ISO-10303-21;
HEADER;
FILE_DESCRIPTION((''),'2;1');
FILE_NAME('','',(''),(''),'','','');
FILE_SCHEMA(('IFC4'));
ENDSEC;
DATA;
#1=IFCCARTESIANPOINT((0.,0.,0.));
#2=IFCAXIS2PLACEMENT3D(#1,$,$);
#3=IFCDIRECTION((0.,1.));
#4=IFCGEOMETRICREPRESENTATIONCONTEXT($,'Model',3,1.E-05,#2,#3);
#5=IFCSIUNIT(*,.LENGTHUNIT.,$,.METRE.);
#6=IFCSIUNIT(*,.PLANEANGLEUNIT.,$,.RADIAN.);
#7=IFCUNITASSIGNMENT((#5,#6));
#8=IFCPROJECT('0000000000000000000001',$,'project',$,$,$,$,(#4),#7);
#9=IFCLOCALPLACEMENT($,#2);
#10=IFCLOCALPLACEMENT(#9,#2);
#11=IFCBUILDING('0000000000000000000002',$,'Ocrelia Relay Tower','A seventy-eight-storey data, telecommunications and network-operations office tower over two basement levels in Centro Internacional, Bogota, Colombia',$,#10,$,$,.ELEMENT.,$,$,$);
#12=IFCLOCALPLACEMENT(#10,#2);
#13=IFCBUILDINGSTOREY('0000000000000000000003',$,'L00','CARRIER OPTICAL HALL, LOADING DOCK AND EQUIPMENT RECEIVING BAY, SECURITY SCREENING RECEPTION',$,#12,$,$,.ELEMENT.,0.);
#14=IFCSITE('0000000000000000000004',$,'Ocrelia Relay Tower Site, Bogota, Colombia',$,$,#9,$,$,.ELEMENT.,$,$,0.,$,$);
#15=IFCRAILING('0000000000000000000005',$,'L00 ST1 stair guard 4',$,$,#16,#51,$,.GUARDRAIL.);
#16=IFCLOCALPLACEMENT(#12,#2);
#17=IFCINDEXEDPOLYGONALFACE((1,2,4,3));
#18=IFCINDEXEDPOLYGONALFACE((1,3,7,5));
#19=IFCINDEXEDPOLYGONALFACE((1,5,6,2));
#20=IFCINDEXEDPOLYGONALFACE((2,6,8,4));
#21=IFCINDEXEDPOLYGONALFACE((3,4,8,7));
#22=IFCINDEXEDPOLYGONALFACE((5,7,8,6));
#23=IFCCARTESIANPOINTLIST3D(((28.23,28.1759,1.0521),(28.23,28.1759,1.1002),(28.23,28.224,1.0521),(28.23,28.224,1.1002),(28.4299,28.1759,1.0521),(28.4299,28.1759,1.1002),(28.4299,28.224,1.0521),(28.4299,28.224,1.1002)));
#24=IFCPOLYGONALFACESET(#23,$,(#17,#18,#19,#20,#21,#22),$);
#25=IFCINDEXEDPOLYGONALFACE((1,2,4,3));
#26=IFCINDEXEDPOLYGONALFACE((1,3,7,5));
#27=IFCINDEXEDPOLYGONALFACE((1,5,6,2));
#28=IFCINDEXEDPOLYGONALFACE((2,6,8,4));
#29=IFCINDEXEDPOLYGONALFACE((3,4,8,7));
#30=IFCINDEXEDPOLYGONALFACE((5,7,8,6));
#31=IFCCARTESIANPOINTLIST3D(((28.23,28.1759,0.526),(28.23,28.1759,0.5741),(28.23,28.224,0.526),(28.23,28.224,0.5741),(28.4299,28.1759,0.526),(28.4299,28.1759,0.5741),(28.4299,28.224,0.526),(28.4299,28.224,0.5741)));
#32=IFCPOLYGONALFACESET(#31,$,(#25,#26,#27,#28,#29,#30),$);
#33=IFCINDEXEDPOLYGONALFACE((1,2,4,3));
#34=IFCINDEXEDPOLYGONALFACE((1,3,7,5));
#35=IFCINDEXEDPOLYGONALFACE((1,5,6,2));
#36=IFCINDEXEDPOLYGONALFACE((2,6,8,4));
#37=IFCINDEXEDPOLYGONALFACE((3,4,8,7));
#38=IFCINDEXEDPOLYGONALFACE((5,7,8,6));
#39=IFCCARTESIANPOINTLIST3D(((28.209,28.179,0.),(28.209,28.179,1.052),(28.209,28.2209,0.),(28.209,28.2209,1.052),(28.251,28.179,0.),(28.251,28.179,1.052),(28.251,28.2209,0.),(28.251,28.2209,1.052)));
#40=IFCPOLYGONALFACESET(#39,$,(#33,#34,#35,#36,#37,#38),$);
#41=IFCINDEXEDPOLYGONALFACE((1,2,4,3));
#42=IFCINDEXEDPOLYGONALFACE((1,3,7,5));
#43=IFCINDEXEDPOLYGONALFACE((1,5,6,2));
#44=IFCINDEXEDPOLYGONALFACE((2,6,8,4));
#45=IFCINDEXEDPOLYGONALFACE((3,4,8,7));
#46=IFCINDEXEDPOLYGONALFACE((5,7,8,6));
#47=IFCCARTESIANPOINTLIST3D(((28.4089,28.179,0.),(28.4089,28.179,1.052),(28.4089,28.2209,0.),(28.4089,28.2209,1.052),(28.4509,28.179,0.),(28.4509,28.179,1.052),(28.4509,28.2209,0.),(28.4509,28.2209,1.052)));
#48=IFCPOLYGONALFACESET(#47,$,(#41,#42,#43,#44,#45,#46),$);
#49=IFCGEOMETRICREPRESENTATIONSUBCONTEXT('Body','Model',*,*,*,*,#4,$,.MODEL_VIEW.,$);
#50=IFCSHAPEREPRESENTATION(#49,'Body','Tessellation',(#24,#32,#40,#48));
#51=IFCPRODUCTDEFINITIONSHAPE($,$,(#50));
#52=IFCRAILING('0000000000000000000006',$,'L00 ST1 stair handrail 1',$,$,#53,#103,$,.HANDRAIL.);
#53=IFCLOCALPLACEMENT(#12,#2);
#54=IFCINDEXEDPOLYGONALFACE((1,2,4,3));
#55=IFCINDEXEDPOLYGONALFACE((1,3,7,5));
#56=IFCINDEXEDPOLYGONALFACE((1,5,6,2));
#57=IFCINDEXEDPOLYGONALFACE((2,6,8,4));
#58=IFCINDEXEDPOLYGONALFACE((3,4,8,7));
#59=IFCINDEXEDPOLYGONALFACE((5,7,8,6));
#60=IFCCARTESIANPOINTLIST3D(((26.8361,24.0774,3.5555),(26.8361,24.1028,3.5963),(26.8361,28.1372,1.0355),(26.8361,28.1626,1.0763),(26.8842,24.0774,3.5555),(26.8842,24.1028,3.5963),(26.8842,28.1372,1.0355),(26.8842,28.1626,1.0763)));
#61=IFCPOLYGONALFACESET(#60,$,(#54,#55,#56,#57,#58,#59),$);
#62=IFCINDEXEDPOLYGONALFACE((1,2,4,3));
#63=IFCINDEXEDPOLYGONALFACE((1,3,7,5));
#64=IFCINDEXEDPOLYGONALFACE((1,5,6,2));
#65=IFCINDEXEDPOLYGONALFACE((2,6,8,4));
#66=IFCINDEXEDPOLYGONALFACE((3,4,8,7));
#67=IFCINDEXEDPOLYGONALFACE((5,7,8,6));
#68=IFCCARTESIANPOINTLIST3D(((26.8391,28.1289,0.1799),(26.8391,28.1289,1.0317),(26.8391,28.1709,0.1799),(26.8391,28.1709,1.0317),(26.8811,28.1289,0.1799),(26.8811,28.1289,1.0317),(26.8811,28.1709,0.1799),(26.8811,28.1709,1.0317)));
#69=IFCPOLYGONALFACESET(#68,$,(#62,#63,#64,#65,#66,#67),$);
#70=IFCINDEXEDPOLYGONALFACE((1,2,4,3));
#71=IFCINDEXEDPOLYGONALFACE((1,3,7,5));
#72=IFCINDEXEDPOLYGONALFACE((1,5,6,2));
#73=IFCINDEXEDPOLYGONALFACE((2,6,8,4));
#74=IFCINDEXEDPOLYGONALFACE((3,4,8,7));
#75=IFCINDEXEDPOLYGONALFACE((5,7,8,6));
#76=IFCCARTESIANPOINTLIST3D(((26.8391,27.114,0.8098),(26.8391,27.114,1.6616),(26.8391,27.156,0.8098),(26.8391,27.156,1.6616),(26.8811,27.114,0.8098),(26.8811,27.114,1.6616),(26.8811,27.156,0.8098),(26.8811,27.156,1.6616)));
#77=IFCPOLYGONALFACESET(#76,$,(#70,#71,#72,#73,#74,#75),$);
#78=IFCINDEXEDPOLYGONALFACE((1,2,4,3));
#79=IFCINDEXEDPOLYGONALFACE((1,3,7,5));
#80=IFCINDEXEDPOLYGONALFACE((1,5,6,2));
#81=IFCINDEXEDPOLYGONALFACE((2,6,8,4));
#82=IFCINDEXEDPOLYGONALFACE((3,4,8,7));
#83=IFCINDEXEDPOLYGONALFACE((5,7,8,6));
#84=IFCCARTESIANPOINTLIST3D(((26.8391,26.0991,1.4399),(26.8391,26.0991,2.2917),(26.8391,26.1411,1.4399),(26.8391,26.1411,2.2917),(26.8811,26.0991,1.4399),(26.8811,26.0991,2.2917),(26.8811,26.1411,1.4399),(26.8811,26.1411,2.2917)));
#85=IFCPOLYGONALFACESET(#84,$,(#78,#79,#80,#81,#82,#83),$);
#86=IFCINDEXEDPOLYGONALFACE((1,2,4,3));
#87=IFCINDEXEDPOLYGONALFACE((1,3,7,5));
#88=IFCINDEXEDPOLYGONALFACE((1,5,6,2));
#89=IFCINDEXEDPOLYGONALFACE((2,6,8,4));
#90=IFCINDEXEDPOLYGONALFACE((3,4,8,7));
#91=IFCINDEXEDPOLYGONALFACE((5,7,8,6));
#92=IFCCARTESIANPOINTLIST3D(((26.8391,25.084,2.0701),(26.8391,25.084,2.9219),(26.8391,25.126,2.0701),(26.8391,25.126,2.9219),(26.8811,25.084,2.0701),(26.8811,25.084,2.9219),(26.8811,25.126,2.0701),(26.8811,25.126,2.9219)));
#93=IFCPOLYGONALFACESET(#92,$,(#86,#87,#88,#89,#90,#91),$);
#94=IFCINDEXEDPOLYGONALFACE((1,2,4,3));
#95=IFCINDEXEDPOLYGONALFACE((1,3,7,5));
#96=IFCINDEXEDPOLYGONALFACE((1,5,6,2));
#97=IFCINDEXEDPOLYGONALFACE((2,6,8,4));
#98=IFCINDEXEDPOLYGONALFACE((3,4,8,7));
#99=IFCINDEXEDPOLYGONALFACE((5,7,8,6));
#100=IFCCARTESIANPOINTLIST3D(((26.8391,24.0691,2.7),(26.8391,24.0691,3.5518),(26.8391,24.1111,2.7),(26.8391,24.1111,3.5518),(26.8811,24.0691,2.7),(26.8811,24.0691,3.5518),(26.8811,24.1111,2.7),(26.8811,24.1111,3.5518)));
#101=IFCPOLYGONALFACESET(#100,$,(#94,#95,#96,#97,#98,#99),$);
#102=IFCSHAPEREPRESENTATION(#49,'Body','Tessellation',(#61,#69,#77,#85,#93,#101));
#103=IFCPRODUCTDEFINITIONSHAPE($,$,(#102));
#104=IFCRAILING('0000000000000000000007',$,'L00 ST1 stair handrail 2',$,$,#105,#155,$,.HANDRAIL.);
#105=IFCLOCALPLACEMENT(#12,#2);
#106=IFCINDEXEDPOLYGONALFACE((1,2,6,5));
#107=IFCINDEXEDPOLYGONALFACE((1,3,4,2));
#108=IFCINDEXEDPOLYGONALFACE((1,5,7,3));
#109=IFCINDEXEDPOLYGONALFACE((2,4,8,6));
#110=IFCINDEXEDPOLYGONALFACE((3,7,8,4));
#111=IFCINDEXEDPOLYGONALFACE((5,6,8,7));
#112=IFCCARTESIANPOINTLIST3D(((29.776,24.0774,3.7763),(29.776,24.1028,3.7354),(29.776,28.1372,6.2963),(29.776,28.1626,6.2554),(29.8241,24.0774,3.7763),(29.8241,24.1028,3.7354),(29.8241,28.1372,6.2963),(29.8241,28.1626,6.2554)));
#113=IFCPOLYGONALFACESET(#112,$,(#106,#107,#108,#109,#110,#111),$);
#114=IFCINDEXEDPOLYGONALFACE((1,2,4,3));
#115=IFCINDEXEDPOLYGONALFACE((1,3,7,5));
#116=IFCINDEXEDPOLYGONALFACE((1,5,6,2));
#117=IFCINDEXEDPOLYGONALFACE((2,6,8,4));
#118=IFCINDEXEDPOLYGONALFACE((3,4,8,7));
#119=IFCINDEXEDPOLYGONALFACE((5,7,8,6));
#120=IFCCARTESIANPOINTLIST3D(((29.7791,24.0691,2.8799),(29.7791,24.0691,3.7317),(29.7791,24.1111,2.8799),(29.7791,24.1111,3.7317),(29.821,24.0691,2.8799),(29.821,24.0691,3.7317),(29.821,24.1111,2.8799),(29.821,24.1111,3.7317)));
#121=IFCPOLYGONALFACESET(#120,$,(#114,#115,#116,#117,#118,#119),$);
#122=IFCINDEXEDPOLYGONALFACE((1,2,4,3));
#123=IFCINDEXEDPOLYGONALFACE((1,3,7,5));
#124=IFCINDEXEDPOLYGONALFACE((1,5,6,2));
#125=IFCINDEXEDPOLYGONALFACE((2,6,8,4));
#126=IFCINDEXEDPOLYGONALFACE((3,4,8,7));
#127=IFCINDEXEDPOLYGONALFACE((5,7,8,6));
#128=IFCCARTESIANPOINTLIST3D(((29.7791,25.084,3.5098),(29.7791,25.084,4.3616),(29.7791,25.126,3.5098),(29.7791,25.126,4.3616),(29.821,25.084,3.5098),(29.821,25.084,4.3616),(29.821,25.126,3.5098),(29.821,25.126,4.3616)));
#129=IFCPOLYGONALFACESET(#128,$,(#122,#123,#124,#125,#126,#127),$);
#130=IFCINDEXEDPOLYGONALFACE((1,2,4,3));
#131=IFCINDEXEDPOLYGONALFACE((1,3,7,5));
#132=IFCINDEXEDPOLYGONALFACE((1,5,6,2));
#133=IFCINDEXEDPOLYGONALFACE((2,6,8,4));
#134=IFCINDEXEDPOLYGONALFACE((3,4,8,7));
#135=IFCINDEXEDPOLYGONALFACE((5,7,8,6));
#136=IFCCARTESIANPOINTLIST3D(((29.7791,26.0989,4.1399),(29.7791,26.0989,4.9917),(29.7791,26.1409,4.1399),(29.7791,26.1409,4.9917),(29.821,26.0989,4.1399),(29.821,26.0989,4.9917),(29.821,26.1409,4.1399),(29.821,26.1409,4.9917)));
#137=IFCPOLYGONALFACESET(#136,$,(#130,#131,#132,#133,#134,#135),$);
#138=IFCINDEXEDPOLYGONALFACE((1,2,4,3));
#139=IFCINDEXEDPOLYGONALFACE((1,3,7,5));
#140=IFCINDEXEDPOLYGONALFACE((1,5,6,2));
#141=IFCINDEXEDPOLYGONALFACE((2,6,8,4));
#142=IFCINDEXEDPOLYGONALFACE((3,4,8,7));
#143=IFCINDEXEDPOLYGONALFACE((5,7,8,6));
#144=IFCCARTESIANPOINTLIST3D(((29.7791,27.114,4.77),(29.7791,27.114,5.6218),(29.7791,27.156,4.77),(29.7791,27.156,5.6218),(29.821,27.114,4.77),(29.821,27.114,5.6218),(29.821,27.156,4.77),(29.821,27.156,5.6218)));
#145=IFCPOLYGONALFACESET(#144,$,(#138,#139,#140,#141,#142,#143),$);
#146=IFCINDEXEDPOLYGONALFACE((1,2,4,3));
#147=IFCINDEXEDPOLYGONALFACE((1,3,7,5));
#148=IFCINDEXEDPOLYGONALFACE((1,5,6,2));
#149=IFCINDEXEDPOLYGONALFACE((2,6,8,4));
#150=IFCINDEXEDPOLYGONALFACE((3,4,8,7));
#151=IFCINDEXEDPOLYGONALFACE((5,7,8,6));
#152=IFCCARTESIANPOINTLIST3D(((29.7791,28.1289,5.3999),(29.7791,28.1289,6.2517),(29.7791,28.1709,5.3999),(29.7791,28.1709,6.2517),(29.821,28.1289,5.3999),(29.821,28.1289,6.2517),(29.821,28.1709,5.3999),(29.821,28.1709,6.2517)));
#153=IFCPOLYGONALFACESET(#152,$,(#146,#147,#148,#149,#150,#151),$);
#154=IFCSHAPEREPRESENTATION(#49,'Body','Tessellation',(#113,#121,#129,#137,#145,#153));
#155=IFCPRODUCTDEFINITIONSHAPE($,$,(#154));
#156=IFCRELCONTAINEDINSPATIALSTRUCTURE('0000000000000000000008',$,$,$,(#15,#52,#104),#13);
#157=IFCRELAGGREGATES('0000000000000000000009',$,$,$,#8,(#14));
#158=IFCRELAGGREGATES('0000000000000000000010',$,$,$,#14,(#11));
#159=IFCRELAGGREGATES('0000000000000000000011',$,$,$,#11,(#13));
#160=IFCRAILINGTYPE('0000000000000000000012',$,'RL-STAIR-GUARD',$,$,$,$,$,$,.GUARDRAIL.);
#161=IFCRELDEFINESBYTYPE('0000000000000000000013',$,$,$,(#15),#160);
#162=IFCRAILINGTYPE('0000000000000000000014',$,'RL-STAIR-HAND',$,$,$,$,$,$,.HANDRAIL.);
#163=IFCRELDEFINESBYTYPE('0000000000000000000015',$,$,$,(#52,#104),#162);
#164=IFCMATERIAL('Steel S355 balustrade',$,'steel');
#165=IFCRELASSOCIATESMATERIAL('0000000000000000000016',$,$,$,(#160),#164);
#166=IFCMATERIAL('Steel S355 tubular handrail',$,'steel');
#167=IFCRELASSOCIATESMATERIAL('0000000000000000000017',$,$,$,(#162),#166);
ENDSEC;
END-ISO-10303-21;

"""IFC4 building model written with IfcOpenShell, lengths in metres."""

from ifc_helpers import new_model, si_unit, direction, frame, origin, origin_2d, place, context, subcontext, project, spatial, rectangle, extrude, material, type_object, element, save


model = new_model("IFC4")

# Units and contexts
model_context = context("Model", 3, precision=1e-05, world=origin(), true_north=direction((0.0, 1.0)))
body_context = subcontext(model_context, "Body", "Model", "MODEL_VIEW")
ifc_project = project(units=[si_unit("LENGTHUNIT", "METRE"), si_unit("PLANEANGLEUNIT", "RADIAN")], contexts=[model_context])

# Site, building, storey
site_placement = place(None, origin())
site = spatial("IfcSite", under=ifc_project, at=site_placement, Name="Ocrelia Relay Tower Site, Bogota, Colombia", CompositionType="ELEMENT", RefElevation=0.0)
building_placement = place(site_placement, origin())
building = spatial("IfcBuilding", under=site, at=building_placement, Name="Ocrelia Relay Tower", Description="A seventy-eight-storey data, telecommunications and network-operations office tower over two basement levels in Centro Internacional, Bogota, Colombia", CompositionType="ELEMENT")
storey_placement = place(building_placement, origin())
storey = spatial("IfcBuildingStorey", under=building, at=storey_placement, Name="L00", Description="CARRIER OPTICAL HALL, LOADING DOCK AND EQUIPMENT RECEIVING BAY, SECURITY SCREENING RECEPTION", CompositionType="ELEMENT", Elevation=0.0)

# Railings
ifc_material_1 = material(Name="Steel S355 balustrade", Category="steel")
railing_type_1 = type_object("IfcRailingType", Name="RL-STAIR-GUARD", PredefinedType="GUARDRAIL", material=ifc_material_1)
railing_1_placement = place(storey_placement, frame((28.23, 28.2, 0.0)))
element("IfcRailing", 1, at=railing_1_placement, inside=storey, type_object=railing_type_1, Name="L00 ST1 stair guard 4", PredefinedType="GUARDRAIL", context=body_context, shape_type="SweptSolid", body=[
    extrude(rectangle(XDim=0.0481, YDim=0.0481, at=origin_2d()), frame((0.0, 0.0, 1.0762), z_axis=(1.0, 0.0, 0.0), x_axis=(0.0, 1.0, 0.0)), (0.0, 0.0, 1.0), 0.2),
    extrude(rectangle(XDim=0.0481, YDim=0.0481, at=origin_2d()), frame((0.0, 0.0, 0.55), z_axis=(1.0, 0.0, 0.0), x_axis=(0.0, 1.0, 0.0)), (0.0, 0.0, 1.0), 0.2),
    extrude(rectangle(XDim=0.042, YDim=0.042, at=origin_2d()), origin(), (0.0, 0.0, 1.0), 1.052),
    extrude(rectangle(XDim=0.042, YDim=0.042, at=origin_2d()), frame((0.2, 0.0, 0.0)), (0.0, 0.0, 1.0), 1.052),
])
ifc_material_2 = material(Name="Steel S355 tubular handrail", Category="steel")
railing_type_2 = type_object("IfcRailingType", Name="RL-STAIR-HAND", PredefinedType="HANDRAIL", material=ifc_material_2)
railing_2_placement = place(storey_placement, frame((26.8601, 28.1499, 0.1799)))
element("IfcRailing", 2, at=railing_2_placement, inside=storey, type_object=railing_type_2, Name="L00 ST1 stair handrail 1", PredefinedType="HANDRAIL", context=body_context, shape_type="SweptSolid", body=[
    extrude(rectangle(XDim=0.0481, YDim=0.0481, at=origin_2d()), frame((0.0, 0.0, 0.876), z_axis=(0.0, -0.849628, 0.527383), x_axis=(1.0, 0.0, 0.0)), (0.0, 0.0, 1.0), 4.7783),
    extrude(rectangle(XDim=0.042, YDim=0.042, at=origin_2d()), origin(), (0.0, 0.0, 1.0), 0.8518),
    extrude(rectangle(XDim=0.042, YDim=0.042, at=origin_2d()), frame((0.0, -1.0149, 0.6299)), (0.0, 0.0, 1.0), 0.8518),
    extrude(rectangle(XDim=0.042, YDim=0.042, at=origin_2d()), frame((0.0, -2.0298, 1.26)), (0.0, 0.0, 1.0), 0.8518),
    extrude(rectangle(XDim=0.042, YDim=0.042, at=origin_2d()), frame((0.0, -3.0449, 1.8901)), (0.0, 0.0, 1.0), 0.8518),
    extrude(rectangle(XDim=0.042, YDim=0.042, at=origin_2d()), frame((0.0, -4.0598, 2.52)), (0.0, 0.0, 1.0), 0.8518),
])
railing_3_placement = place(storey_placement, frame((29.8, 24.0901, 2.8799)))
element("IfcRailing", 3, at=railing_3_placement, inside=storey, type_object=railing_type_2, Name="L00 ST1 stair handrail 2", PredefinedType="HANDRAIL", context=body_context, shape_type="SweptSolid", body=[
    extrude(rectangle(XDim=0.0481, YDim=0.0481, at=origin_2d()), frame((0.0, 0.0, 0.876), z_axis=(0.0, 0.849628, 0.527383), x_axis=(-1.0, 0.0, 0.0)), (0.0, 0.0, 1.0), 4.7783),
    extrude(rectangle(XDim=0.042, YDim=0.042, at=origin_2d()), origin(), (0.0, 0.0, 1.0), 0.8518),
    extrude(rectangle(XDim=0.042, YDim=0.042, at=origin_2d()), frame((0.0, 1.0149, 0.6299)), (0.0, 0.0, 1.0), 0.8518),
    extrude(rectangle(XDim=0.042, YDim=0.042, at=origin_2d()), frame((0.0, 2.0298, 1.26)), (0.0, 0.0, 1.0), 0.8518),
    extrude(rectangle(XDim=0.042, YDim=0.042, at=origin_2d()), frame((0.0, 3.0449, 1.8901)), (0.0, 0.0, 1.0), 0.8518),
    extrude(rectangle(XDim=0.042, YDim=0.042, at=origin_2d()), frame((0.0, 4.0598, 2.52)), (0.0, 0.0, 1.0), 0.8518),
])

save(model, "model.ifc")
